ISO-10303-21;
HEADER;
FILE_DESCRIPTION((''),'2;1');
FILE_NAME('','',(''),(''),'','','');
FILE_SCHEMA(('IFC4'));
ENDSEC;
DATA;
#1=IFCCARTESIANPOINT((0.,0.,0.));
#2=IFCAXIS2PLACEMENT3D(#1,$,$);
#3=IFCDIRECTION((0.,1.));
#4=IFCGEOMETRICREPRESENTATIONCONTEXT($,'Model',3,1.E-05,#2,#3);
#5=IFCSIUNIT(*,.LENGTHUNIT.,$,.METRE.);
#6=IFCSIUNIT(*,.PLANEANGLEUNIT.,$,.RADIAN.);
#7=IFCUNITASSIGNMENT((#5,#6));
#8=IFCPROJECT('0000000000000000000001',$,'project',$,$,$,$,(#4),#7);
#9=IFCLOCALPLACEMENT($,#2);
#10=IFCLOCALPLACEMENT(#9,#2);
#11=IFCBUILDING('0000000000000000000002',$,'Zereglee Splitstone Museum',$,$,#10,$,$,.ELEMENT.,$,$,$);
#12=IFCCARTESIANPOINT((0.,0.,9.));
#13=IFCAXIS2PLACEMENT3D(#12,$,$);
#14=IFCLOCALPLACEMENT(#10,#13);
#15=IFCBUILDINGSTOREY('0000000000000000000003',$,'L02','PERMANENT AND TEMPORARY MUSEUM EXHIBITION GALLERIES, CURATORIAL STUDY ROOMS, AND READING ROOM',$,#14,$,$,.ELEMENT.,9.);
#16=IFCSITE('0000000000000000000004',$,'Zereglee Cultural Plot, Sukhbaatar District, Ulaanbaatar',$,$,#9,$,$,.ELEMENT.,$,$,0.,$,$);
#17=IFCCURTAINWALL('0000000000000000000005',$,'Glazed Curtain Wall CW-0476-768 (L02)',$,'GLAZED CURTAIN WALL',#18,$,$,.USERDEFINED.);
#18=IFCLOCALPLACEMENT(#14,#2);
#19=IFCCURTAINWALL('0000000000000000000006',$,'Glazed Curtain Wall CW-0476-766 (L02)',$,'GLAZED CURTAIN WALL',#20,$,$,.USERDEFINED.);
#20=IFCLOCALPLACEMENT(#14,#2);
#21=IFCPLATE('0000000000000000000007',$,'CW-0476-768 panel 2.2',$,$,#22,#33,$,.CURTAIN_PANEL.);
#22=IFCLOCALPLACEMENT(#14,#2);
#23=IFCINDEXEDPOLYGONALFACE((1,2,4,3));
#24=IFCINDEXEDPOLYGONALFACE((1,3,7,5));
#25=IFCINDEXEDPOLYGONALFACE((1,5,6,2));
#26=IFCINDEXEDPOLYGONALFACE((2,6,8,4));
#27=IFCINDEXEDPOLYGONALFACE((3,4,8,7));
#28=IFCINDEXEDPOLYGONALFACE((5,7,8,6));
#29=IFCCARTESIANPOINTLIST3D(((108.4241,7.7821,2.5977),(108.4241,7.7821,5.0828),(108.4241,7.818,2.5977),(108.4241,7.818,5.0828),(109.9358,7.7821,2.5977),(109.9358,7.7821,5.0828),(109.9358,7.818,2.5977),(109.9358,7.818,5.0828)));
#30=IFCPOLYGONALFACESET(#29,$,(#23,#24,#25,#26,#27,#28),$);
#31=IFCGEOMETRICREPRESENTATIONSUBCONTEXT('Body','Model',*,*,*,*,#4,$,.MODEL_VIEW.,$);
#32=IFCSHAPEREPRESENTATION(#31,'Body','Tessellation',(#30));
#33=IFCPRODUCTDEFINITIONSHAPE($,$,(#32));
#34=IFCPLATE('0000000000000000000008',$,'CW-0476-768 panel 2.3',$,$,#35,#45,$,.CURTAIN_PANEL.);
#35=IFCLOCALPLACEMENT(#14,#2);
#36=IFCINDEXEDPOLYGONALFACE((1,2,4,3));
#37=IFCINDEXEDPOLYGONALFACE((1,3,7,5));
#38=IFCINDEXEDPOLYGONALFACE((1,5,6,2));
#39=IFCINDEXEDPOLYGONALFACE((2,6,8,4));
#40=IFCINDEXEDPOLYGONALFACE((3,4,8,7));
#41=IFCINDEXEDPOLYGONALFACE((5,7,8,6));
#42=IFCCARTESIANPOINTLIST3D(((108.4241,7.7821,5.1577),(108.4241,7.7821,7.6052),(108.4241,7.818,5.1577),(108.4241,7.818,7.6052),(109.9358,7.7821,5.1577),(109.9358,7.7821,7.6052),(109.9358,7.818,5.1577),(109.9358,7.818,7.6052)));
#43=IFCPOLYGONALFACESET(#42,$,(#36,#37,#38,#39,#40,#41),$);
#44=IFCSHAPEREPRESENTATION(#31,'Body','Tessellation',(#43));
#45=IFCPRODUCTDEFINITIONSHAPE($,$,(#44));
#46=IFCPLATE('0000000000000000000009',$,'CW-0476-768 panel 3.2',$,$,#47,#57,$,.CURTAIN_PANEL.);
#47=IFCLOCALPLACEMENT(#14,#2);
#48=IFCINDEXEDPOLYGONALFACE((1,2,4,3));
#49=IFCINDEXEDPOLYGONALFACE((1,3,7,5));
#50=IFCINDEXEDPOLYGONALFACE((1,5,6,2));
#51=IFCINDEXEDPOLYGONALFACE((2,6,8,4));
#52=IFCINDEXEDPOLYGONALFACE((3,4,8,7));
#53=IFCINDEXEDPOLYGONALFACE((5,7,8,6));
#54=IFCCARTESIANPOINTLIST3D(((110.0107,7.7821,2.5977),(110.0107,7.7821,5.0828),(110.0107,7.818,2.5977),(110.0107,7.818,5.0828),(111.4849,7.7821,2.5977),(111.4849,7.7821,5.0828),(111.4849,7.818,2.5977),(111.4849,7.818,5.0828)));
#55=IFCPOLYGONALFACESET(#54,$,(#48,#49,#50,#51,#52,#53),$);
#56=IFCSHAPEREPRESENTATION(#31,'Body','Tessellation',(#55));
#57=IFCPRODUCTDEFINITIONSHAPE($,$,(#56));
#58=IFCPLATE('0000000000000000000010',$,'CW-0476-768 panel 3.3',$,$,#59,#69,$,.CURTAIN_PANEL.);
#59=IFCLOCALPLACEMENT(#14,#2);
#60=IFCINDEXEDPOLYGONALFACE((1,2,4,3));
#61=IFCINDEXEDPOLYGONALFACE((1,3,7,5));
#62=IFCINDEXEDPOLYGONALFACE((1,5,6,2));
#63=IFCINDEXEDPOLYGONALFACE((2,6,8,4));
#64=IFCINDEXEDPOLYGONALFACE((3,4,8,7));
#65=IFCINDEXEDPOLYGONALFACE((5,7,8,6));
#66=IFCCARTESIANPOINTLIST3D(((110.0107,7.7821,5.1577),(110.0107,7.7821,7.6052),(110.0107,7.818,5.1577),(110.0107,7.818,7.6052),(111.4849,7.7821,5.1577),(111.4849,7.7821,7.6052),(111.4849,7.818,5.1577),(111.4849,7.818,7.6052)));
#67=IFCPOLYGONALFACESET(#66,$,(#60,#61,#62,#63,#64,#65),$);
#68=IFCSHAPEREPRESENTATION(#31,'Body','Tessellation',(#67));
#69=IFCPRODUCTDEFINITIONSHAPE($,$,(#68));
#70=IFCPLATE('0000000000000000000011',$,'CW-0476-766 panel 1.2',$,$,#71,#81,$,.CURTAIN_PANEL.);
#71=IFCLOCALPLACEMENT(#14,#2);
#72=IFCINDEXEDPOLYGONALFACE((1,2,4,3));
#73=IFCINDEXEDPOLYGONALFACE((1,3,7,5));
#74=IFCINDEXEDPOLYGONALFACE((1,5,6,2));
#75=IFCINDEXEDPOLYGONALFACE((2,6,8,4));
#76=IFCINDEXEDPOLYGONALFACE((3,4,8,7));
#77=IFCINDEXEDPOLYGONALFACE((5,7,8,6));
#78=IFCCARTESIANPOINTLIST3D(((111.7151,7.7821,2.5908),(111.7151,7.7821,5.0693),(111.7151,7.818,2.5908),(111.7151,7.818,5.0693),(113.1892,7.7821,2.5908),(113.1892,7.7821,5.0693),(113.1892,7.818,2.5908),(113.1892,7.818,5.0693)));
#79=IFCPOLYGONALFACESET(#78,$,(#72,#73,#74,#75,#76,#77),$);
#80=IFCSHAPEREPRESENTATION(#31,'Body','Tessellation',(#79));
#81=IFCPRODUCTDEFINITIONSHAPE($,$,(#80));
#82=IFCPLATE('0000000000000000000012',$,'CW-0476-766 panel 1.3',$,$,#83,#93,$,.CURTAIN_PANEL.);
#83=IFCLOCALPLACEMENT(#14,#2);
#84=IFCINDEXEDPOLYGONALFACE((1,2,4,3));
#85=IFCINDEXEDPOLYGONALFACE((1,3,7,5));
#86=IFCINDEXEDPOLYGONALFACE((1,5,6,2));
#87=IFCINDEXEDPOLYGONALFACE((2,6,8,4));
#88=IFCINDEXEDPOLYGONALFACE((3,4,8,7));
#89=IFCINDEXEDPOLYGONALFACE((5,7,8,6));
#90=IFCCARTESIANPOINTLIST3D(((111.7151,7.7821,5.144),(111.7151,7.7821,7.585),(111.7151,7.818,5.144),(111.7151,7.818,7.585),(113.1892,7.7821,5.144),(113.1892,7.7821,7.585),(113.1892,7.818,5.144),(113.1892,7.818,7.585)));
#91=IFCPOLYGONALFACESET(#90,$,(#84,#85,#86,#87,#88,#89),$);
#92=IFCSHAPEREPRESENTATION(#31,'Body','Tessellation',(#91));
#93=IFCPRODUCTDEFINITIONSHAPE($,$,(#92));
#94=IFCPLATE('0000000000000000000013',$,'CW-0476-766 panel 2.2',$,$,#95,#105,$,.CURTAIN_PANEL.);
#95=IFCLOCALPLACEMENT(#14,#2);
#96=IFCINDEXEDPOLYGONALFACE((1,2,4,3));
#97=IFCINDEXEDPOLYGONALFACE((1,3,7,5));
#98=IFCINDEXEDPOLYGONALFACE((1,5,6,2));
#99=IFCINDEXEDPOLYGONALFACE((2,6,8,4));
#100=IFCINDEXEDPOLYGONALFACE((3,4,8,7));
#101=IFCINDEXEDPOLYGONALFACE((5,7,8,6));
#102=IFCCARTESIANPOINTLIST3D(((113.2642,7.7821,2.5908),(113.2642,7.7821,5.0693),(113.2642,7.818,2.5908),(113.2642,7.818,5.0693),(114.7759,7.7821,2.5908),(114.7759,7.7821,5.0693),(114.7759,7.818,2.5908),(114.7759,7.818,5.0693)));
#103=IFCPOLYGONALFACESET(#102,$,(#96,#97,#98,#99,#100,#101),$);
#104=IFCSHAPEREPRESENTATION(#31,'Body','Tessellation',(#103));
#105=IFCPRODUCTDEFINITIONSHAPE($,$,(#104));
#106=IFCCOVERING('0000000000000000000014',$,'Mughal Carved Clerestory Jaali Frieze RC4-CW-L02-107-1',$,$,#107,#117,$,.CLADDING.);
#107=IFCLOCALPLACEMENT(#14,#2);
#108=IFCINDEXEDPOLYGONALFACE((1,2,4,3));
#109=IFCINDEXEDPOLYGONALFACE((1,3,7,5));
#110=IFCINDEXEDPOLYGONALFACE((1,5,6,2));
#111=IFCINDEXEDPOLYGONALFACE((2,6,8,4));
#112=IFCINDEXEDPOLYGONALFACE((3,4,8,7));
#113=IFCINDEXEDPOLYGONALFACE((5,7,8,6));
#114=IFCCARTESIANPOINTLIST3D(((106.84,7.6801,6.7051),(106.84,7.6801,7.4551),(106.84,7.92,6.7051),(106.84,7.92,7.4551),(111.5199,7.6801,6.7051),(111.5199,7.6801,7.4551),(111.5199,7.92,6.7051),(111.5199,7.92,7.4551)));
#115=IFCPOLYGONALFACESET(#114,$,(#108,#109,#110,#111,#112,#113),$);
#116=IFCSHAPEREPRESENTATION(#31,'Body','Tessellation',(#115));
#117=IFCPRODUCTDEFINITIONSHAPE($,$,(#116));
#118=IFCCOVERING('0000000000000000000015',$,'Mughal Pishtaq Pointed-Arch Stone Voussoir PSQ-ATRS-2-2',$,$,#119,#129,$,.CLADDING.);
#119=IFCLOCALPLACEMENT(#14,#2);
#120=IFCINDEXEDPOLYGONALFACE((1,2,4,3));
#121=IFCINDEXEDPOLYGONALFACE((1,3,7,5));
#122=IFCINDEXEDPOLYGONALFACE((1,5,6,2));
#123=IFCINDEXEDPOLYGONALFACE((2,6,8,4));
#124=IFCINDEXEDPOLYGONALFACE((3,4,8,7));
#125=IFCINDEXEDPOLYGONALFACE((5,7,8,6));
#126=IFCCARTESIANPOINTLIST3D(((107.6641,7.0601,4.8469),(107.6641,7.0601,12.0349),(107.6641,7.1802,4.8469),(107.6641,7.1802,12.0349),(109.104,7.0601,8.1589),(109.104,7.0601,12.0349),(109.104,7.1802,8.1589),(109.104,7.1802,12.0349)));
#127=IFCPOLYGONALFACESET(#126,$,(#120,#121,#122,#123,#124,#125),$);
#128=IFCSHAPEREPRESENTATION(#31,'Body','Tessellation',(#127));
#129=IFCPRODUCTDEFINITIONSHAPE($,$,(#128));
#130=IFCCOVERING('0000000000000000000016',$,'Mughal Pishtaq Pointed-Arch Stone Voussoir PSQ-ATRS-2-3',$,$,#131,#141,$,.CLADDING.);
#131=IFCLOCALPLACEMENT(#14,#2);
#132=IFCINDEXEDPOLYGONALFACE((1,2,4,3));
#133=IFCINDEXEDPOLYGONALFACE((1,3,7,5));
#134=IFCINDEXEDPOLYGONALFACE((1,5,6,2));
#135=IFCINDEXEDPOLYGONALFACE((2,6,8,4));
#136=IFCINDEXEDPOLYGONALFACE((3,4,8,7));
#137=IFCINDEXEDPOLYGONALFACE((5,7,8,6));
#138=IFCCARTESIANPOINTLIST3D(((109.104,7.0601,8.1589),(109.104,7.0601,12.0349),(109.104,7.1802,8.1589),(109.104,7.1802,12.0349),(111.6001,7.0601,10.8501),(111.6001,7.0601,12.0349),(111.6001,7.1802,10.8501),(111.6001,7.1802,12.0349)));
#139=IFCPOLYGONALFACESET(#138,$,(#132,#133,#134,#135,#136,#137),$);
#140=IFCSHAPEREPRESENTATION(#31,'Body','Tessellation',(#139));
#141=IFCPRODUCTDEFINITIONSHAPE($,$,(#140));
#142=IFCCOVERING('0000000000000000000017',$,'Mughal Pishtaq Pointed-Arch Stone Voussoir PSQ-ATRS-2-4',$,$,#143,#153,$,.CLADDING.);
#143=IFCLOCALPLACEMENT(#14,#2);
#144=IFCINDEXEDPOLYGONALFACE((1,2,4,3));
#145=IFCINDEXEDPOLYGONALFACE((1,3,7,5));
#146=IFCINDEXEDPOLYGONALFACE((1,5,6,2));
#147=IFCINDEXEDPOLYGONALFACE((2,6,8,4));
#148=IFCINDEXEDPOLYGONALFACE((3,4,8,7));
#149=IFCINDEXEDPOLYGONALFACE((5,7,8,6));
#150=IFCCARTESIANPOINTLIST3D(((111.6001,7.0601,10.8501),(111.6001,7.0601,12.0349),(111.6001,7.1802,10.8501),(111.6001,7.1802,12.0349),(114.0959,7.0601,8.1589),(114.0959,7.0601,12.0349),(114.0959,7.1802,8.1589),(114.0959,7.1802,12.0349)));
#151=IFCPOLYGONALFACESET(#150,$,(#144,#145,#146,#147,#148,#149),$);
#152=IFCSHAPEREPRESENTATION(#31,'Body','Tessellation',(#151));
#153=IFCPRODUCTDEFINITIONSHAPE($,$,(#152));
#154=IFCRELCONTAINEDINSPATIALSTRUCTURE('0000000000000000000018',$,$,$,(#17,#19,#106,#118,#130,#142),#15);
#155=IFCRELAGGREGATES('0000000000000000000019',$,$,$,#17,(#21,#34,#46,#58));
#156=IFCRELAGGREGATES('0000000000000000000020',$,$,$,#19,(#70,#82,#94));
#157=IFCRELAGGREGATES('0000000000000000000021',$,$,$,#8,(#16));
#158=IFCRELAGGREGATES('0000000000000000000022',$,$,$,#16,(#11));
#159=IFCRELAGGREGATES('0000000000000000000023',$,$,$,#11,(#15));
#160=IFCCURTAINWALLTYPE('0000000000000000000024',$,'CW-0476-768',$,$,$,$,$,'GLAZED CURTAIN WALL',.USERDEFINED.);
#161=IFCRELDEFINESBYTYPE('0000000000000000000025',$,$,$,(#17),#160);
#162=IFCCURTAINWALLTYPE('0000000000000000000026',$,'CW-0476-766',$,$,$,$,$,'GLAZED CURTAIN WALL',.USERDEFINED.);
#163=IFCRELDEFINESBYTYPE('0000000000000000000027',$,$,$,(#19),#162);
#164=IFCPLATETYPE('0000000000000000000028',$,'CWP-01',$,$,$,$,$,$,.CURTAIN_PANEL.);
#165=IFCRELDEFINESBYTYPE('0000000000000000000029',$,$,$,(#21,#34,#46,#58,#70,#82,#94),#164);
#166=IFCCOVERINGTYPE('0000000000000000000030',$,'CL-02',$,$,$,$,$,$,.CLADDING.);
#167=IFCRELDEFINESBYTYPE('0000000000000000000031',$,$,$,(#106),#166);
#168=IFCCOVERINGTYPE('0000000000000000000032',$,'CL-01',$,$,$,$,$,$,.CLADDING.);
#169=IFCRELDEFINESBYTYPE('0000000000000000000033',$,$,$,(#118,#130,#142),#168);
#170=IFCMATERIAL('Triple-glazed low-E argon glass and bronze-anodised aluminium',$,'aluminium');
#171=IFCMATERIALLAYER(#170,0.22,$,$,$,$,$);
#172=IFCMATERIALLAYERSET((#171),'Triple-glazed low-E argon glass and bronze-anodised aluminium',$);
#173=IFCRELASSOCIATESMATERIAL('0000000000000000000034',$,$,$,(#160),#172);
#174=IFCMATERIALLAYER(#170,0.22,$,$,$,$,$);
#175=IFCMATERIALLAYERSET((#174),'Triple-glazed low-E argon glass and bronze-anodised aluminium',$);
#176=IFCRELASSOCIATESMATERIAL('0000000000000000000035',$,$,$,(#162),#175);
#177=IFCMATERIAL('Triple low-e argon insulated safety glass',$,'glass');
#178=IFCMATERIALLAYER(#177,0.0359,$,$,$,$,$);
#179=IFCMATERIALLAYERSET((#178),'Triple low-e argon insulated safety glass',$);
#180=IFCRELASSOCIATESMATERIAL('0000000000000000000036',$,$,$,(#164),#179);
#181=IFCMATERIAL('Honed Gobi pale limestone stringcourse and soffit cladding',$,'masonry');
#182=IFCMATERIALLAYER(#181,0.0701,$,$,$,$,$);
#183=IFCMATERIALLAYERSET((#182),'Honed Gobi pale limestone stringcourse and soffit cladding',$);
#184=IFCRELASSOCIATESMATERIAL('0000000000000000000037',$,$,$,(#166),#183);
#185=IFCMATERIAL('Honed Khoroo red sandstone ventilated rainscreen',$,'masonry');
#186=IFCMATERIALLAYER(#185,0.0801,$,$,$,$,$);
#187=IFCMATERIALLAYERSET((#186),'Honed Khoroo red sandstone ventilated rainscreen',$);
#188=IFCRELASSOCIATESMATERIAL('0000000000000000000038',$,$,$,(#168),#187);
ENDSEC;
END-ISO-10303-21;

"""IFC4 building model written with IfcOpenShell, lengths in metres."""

from ifc_helpers import new_model, si_unit, direction, frame, origin, origin_2d, place, context, subcontext, project, spatial, polyline, rectangle, outline, extrude, material, layer, layer_set, type_object, element, aggregate, save


model = new_model("IFC4")

# Units and contexts
model_context = context("Model", 3, precision=1e-05, world=origin(), true_north=direction((0.0, 1.0)))
body_context = subcontext(model_context, "Body", "Model", "MODEL_VIEW")
ifc_project = project(units=[si_unit("LENGTHUNIT", "METRE"), si_unit("PLANEANGLEUNIT", "RADIAN")], contexts=[model_context])

# Site, building, storey
site_placement = place(None, origin())
site = spatial("IfcSite", under=ifc_project, at=site_placement, Name="Zereglee Cultural Plot, Sukhbaatar District, Ulaanbaatar", CompositionType="ELEMENT", RefElevation=0.0)
building_placement = place(site_placement, origin())
building = spatial("IfcBuilding", under=site, at=building_placement, Name="Zereglee Splitstone Museum", CompositionType="ELEMENT")
storey_placement = place(building_placement, frame((0.0, 0.0, 9.0)))
storey = spatial("IfcBuildingStorey", under=building, at=storey_placement, Name="L02", Description="PERMANENT AND TEMPORARY MUSEUM EXHIBITION GALLERIES, CURATORIAL STUDY ROOMS, AND READING ROOM", CompositionType="ELEMENT", Elevation=9.0)

# Curtain walls
ifc_material_1 = material(Name="Triple-glazed low-E argon glass and bronze-anodised aluminium", Category="aluminium")
ifc_layer_1 = layer(ifc_material_1, 0.22)
ifc_layer_set_1 = layer_set([ifc_layer_1], Name="Triple-glazed low-E argon glass and bronze-anodised aluminium")
curtain_wall_type_1 = type_object("IfcCurtainWallType", Name="CW-0476-768", ElementType="GLAZED CURTAIN WALL", PredefinedType="USERDEFINED", material=ifc_layer_set_1)
curtain_wall_1_placement = place(storey_placement, origin())
curtain_wall_1 = element("IfcCurtainWall", 1, at=curtain_wall_1_placement, inside=storey, type_object=curtain_wall_type_1, Name="Glazed Curtain Wall CW-0476-768 (L02)", ObjectType="GLAZED CURTAIN WALL", PredefinedType="USERDEFINED")
ifc_layer_2 = layer(ifc_material_1, 0.22)
ifc_layer_set_2 = layer_set([ifc_layer_2], Name="Triple-glazed low-E argon glass and bronze-anodised aluminium")
curtain_wall_type_2 = type_object("IfcCurtainWallType", Name="CW-0476-766", ElementType="GLAZED CURTAIN WALL", PredefinedType="USERDEFINED", material=ifc_layer_set_2)
curtain_wall_2_placement = place(storey_placement, origin())
curtain_wall_2 = element("IfcCurtainWall", 2, at=curtain_wall_2_placement, inside=storey, type_object=curtain_wall_type_2, Name="Glazed Curtain Wall CW-0476-766 (L02)", ObjectType="GLAZED CURTAIN WALL", PredefinedType="USERDEFINED")

# Shared definitions
ifc_material_2 = material(Name="Triple low-e argon insulated safety glass", Category="glass")
ifc_layer_3 = layer(ifc_material_2, 0.0359)
ifc_layer_set_3 = layer_set([ifc_layer_3], Name="Triple low-e argon insulated safety glass")
plate_type = type_object("IfcPlateType", Name="CWP-01", PredefinedType="CURTAIN_PANEL", material=ifc_layer_set_3)

# Plates
plate_1_placement = place(storey_placement, frame((109.1799, 7.8, 2.5977), z_axis=(0.0, 0.0, 1.0), x_axis=(1.0, 0.0, 0.0)))
plate_1 = element("IfcPlate", 3, at=plate_1_placement, type_object=plate_type, Name="CW-0476-768 panel 2.2", PredefinedType="CURTAIN_PANEL", context=body_context, shape_type="SweptSolid", body=[
    extrude(rectangle(XDim=1.5117, YDim=0.0359, at=origin_2d()), origin(), (0.0, 0.0, 1.0), 2.4851),
])
plate_2_placement = place(storey_placement, frame((109.1799, 7.8, 5.1577), z_axis=(0.0, 0.0, 1.0), x_axis=(1.0, 0.0, 0.0)))
plate_2 = element("IfcPlate", 4, at=plate_2_placement, type_object=plate_type, Name="CW-0476-768 panel 2.3", PredefinedType="CURTAIN_PANEL", context=body_context, shape_type="SweptSolid", body=[
    extrude(rectangle(XDim=1.5117, YDim=0.0359, at=origin_2d()), origin(), (0.0, 0.0, 1.0), 2.4475),
])
plate_3_placement = place(storey_placement, frame((110.7478, 7.8, 2.5977), z_axis=(0.0, 0.0, 1.0), x_axis=(1.0, 0.0, 0.0)))
plate_3 = element("IfcPlate", 5, at=plate_3_placement, type_object=plate_type, Name="CW-0476-768 panel 3.2", PredefinedType="CURTAIN_PANEL", context=body_context, shape_type="SweptSolid", body=[
    extrude(rectangle(XDim=1.4741, YDim=0.0359, at=origin_2d()), origin(), (0.0, 0.0, 1.0), 2.4851),
])
plate_4_placement = place(storey_placement, frame((110.7478, 7.8, 5.1577), z_axis=(0.0, 0.0, 1.0), x_axis=(1.0, 0.0, 0.0)))
plate_4 = element("IfcPlate", 6, at=plate_4_placement, type_object=plate_type, Name="CW-0476-768 panel 3.3", PredefinedType="CURTAIN_PANEL", context=body_context, shape_type="SweptSolid", body=[
    extrude(rectangle(XDim=1.4741, YDim=0.0359, at=origin_2d()), origin(), (0.0, 0.0, 1.0), 2.4475),
])
aggregate(curtain_wall_1, [plate_1, plate_2, plate_3, plate_4])
plate_5_placement = place(storey_placement, frame((112.4521, 7.8, 2.5908), z_axis=(0.0, 0.0, 1.0), x_axis=(1.0, 0.0, 0.0)))
plate_5 = element("IfcPlate", 7, at=plate_5_placement, type_object=plate_type, Name="CW-0476-766 panel 1.2", PredefinedType="CURTAIN_PANEL", context=body_context, shape_type="SweptSolid", body=[
    extrude(rectangle(XDim=1.4741, YDim=0.0359, at=origin_2d()), origin(), (0.0, 0.0, 1.0), 2.4785),
])
plate_6_placement = place(storey_placement, frame((112.4521, 7.8, 5.144), z_axis=(0.0, 0.0, 1.0), x_axis=(1.0, 0.0, 0.0)))
plate_6 = element("IfcPlate", 8, at=plate_6_placement, type_object=plate_type, Name="CW-0476-766 panel 1.3", PredefinedType="CURTAIN_PANEL", context=body_context, shape_type="SweptSolid", body=[
    extrude(rectangle(XDim=1.4741, YDim=0.0359, at=origin_2d()), origin(), (0.0, 0.0, 1.0), 2.4409),
])
plate_7_placement = place(storey_placement, frame((114.02, 7.8, 2.5908), z_axis=(0.0, 0.0, 1.0), x_axis=(1.0, 0.0, 0.0)))
plate_7 = element("IfcPlate", 9, at=plate_7_placement, type_object=plate_type, Name="CW-0476-766 panel 2.2", PredefinedType="CURTAIN_PANEL", context=body_context, shape_type="SweptSolid", body=[
    extrude(rectangle(XDim=1.5117, YDim=0.0359, at=origin_2d()), origin(), (0.0, 0.0, 1.0), 2.4785),
])
aggregate(curtain_wall_2, [plate_5, plate_6, plate_7])

# Coverings
ifc_material_3 = material(Name="Honed Gobi pale limestone stringcourse and soffit cladding", Category="masonry")
ifc_layer_4 = layer(ifc_material_3, 0.0701)
ifc_layer_set_4 = layer_set([ifc_layer_4], Name="Honed Gobi pale limestone stringcourse and soffit cladding")
covering_type_1 = type_object("IfcCoveringType", Name="CL-02", PredefinedType="CLADDING", material=ifc_layer_set_4)
covering_1_placement = place(storey_placement, frame((109.1799, 7.8, 6.7051), z_axis=(0.0, 0.0, 1.0), x_axis=(1.0, 0.0, 0.0)))
element("IfcCovering", 10, at=covering_1_placement, inside=storey, type_object=covering_type_1, Name="Mughal Carved Clerestory Jaali Frieze RC4-CW-L02-107-1", PredefinedType="CLADDING", context=body_context, shape_type="SweptSolid", body=[
    extrude(rectangle(XDim=4.6799, YDim=0.24, at=origin_2d()), origin(), (0.0, 0.0, 1.0), 0.75),
])
ifc_material_4 = material(Name="Honed Khoroo red sandstone ventilated rainscreen", Category="masonry")
ifc_layer_5 = layer(ifc_material_4, 0.0801)
ifc_layer_set_5 = layer_set([ifc_layer_5], Name="Honed Khoroo red sandstone ventilated rainscreen")
covering_type_2 = type_object("IfcCoveringType", Name="CL-01", PredefinedType="CLADDING", material=ifc_layer_set_5)
covering_2_placement = place(storey_placement, frame((107.6641, 7.0601, 4.8469), z_axis=(0.0, -1.0, 0.0), x_axis=(0.398711, 0.0, 0.917077)))
element("IfcCovering", 11, at=covering_2_placement, inside=storey, type_object=covering_type_2, Name="Mughal Pishtaq Pointed-Arch Stone Voussoir PSQ-ATRS-2-2", PredefinedType="CLADDING", context=body_context, shape_type="SweptSolid", body=[
    extrude(outline(polyline([(0.0, 0.0), (3.6115, 0.0), (7.1661, 1.5454), (6.5919, 2.8659), (0.0, 0.0)])), origin(), (0.0, 0.0, -1.0), 0.1201),
])
covering_3_placement = place(storey_placement, frame((109.104, 7.0601, 8.1589), z_axis=(0.0, -1.0, 0.0), x_axis=(0.680035, 0.0, 0.73318)))
element("IfcCovering", 12, at=covering_3_placement, inside=storey, type_object=covering_type_2, Name="Mughal Pishtaq Pointed-Arch Stone Voussoir PSQ-ATRS-2-3", PredefinedType="CLADDING", context=body_context, shape_type="SweptSolid", body=[
    extrude(outline(polyline([(0.0, 0.0), (3.6705, 0.0), (4.5392, 0.8057), (2.8418, 2.6358), (0.0, 0.0)])), origin(), (0.0, 0.0, -1.0), 0.1201),
])
covering_4_placement = place(storey_placement, frame((111.6001, 7.0601, 10.8501), z_axis=(0.0, -1.0, 0.0), x_axis=(0.679999, 0.0, -0.733213)))
element("IfcCovering", 13, at=covering_4_placement, inside=storey, type_object=covering_type_2, Name="Mughal Pishtaq Pointed-Arch Stone Voussoir PSQ-ATRS-2-4", PredefinedType="CLADDING", context=body_context, shape_type="SweptSolid", body=[
    extrude(outline(polyline([(0.0, 0.0), (3.6704, 0.0), (0.8285, 2.6357), (-0.8687, 0.8057), (0.0, 0.0)])), origin(), (0.0, 0.0, -1.0), 0.1201),
])

save(model, "model.ifc")
